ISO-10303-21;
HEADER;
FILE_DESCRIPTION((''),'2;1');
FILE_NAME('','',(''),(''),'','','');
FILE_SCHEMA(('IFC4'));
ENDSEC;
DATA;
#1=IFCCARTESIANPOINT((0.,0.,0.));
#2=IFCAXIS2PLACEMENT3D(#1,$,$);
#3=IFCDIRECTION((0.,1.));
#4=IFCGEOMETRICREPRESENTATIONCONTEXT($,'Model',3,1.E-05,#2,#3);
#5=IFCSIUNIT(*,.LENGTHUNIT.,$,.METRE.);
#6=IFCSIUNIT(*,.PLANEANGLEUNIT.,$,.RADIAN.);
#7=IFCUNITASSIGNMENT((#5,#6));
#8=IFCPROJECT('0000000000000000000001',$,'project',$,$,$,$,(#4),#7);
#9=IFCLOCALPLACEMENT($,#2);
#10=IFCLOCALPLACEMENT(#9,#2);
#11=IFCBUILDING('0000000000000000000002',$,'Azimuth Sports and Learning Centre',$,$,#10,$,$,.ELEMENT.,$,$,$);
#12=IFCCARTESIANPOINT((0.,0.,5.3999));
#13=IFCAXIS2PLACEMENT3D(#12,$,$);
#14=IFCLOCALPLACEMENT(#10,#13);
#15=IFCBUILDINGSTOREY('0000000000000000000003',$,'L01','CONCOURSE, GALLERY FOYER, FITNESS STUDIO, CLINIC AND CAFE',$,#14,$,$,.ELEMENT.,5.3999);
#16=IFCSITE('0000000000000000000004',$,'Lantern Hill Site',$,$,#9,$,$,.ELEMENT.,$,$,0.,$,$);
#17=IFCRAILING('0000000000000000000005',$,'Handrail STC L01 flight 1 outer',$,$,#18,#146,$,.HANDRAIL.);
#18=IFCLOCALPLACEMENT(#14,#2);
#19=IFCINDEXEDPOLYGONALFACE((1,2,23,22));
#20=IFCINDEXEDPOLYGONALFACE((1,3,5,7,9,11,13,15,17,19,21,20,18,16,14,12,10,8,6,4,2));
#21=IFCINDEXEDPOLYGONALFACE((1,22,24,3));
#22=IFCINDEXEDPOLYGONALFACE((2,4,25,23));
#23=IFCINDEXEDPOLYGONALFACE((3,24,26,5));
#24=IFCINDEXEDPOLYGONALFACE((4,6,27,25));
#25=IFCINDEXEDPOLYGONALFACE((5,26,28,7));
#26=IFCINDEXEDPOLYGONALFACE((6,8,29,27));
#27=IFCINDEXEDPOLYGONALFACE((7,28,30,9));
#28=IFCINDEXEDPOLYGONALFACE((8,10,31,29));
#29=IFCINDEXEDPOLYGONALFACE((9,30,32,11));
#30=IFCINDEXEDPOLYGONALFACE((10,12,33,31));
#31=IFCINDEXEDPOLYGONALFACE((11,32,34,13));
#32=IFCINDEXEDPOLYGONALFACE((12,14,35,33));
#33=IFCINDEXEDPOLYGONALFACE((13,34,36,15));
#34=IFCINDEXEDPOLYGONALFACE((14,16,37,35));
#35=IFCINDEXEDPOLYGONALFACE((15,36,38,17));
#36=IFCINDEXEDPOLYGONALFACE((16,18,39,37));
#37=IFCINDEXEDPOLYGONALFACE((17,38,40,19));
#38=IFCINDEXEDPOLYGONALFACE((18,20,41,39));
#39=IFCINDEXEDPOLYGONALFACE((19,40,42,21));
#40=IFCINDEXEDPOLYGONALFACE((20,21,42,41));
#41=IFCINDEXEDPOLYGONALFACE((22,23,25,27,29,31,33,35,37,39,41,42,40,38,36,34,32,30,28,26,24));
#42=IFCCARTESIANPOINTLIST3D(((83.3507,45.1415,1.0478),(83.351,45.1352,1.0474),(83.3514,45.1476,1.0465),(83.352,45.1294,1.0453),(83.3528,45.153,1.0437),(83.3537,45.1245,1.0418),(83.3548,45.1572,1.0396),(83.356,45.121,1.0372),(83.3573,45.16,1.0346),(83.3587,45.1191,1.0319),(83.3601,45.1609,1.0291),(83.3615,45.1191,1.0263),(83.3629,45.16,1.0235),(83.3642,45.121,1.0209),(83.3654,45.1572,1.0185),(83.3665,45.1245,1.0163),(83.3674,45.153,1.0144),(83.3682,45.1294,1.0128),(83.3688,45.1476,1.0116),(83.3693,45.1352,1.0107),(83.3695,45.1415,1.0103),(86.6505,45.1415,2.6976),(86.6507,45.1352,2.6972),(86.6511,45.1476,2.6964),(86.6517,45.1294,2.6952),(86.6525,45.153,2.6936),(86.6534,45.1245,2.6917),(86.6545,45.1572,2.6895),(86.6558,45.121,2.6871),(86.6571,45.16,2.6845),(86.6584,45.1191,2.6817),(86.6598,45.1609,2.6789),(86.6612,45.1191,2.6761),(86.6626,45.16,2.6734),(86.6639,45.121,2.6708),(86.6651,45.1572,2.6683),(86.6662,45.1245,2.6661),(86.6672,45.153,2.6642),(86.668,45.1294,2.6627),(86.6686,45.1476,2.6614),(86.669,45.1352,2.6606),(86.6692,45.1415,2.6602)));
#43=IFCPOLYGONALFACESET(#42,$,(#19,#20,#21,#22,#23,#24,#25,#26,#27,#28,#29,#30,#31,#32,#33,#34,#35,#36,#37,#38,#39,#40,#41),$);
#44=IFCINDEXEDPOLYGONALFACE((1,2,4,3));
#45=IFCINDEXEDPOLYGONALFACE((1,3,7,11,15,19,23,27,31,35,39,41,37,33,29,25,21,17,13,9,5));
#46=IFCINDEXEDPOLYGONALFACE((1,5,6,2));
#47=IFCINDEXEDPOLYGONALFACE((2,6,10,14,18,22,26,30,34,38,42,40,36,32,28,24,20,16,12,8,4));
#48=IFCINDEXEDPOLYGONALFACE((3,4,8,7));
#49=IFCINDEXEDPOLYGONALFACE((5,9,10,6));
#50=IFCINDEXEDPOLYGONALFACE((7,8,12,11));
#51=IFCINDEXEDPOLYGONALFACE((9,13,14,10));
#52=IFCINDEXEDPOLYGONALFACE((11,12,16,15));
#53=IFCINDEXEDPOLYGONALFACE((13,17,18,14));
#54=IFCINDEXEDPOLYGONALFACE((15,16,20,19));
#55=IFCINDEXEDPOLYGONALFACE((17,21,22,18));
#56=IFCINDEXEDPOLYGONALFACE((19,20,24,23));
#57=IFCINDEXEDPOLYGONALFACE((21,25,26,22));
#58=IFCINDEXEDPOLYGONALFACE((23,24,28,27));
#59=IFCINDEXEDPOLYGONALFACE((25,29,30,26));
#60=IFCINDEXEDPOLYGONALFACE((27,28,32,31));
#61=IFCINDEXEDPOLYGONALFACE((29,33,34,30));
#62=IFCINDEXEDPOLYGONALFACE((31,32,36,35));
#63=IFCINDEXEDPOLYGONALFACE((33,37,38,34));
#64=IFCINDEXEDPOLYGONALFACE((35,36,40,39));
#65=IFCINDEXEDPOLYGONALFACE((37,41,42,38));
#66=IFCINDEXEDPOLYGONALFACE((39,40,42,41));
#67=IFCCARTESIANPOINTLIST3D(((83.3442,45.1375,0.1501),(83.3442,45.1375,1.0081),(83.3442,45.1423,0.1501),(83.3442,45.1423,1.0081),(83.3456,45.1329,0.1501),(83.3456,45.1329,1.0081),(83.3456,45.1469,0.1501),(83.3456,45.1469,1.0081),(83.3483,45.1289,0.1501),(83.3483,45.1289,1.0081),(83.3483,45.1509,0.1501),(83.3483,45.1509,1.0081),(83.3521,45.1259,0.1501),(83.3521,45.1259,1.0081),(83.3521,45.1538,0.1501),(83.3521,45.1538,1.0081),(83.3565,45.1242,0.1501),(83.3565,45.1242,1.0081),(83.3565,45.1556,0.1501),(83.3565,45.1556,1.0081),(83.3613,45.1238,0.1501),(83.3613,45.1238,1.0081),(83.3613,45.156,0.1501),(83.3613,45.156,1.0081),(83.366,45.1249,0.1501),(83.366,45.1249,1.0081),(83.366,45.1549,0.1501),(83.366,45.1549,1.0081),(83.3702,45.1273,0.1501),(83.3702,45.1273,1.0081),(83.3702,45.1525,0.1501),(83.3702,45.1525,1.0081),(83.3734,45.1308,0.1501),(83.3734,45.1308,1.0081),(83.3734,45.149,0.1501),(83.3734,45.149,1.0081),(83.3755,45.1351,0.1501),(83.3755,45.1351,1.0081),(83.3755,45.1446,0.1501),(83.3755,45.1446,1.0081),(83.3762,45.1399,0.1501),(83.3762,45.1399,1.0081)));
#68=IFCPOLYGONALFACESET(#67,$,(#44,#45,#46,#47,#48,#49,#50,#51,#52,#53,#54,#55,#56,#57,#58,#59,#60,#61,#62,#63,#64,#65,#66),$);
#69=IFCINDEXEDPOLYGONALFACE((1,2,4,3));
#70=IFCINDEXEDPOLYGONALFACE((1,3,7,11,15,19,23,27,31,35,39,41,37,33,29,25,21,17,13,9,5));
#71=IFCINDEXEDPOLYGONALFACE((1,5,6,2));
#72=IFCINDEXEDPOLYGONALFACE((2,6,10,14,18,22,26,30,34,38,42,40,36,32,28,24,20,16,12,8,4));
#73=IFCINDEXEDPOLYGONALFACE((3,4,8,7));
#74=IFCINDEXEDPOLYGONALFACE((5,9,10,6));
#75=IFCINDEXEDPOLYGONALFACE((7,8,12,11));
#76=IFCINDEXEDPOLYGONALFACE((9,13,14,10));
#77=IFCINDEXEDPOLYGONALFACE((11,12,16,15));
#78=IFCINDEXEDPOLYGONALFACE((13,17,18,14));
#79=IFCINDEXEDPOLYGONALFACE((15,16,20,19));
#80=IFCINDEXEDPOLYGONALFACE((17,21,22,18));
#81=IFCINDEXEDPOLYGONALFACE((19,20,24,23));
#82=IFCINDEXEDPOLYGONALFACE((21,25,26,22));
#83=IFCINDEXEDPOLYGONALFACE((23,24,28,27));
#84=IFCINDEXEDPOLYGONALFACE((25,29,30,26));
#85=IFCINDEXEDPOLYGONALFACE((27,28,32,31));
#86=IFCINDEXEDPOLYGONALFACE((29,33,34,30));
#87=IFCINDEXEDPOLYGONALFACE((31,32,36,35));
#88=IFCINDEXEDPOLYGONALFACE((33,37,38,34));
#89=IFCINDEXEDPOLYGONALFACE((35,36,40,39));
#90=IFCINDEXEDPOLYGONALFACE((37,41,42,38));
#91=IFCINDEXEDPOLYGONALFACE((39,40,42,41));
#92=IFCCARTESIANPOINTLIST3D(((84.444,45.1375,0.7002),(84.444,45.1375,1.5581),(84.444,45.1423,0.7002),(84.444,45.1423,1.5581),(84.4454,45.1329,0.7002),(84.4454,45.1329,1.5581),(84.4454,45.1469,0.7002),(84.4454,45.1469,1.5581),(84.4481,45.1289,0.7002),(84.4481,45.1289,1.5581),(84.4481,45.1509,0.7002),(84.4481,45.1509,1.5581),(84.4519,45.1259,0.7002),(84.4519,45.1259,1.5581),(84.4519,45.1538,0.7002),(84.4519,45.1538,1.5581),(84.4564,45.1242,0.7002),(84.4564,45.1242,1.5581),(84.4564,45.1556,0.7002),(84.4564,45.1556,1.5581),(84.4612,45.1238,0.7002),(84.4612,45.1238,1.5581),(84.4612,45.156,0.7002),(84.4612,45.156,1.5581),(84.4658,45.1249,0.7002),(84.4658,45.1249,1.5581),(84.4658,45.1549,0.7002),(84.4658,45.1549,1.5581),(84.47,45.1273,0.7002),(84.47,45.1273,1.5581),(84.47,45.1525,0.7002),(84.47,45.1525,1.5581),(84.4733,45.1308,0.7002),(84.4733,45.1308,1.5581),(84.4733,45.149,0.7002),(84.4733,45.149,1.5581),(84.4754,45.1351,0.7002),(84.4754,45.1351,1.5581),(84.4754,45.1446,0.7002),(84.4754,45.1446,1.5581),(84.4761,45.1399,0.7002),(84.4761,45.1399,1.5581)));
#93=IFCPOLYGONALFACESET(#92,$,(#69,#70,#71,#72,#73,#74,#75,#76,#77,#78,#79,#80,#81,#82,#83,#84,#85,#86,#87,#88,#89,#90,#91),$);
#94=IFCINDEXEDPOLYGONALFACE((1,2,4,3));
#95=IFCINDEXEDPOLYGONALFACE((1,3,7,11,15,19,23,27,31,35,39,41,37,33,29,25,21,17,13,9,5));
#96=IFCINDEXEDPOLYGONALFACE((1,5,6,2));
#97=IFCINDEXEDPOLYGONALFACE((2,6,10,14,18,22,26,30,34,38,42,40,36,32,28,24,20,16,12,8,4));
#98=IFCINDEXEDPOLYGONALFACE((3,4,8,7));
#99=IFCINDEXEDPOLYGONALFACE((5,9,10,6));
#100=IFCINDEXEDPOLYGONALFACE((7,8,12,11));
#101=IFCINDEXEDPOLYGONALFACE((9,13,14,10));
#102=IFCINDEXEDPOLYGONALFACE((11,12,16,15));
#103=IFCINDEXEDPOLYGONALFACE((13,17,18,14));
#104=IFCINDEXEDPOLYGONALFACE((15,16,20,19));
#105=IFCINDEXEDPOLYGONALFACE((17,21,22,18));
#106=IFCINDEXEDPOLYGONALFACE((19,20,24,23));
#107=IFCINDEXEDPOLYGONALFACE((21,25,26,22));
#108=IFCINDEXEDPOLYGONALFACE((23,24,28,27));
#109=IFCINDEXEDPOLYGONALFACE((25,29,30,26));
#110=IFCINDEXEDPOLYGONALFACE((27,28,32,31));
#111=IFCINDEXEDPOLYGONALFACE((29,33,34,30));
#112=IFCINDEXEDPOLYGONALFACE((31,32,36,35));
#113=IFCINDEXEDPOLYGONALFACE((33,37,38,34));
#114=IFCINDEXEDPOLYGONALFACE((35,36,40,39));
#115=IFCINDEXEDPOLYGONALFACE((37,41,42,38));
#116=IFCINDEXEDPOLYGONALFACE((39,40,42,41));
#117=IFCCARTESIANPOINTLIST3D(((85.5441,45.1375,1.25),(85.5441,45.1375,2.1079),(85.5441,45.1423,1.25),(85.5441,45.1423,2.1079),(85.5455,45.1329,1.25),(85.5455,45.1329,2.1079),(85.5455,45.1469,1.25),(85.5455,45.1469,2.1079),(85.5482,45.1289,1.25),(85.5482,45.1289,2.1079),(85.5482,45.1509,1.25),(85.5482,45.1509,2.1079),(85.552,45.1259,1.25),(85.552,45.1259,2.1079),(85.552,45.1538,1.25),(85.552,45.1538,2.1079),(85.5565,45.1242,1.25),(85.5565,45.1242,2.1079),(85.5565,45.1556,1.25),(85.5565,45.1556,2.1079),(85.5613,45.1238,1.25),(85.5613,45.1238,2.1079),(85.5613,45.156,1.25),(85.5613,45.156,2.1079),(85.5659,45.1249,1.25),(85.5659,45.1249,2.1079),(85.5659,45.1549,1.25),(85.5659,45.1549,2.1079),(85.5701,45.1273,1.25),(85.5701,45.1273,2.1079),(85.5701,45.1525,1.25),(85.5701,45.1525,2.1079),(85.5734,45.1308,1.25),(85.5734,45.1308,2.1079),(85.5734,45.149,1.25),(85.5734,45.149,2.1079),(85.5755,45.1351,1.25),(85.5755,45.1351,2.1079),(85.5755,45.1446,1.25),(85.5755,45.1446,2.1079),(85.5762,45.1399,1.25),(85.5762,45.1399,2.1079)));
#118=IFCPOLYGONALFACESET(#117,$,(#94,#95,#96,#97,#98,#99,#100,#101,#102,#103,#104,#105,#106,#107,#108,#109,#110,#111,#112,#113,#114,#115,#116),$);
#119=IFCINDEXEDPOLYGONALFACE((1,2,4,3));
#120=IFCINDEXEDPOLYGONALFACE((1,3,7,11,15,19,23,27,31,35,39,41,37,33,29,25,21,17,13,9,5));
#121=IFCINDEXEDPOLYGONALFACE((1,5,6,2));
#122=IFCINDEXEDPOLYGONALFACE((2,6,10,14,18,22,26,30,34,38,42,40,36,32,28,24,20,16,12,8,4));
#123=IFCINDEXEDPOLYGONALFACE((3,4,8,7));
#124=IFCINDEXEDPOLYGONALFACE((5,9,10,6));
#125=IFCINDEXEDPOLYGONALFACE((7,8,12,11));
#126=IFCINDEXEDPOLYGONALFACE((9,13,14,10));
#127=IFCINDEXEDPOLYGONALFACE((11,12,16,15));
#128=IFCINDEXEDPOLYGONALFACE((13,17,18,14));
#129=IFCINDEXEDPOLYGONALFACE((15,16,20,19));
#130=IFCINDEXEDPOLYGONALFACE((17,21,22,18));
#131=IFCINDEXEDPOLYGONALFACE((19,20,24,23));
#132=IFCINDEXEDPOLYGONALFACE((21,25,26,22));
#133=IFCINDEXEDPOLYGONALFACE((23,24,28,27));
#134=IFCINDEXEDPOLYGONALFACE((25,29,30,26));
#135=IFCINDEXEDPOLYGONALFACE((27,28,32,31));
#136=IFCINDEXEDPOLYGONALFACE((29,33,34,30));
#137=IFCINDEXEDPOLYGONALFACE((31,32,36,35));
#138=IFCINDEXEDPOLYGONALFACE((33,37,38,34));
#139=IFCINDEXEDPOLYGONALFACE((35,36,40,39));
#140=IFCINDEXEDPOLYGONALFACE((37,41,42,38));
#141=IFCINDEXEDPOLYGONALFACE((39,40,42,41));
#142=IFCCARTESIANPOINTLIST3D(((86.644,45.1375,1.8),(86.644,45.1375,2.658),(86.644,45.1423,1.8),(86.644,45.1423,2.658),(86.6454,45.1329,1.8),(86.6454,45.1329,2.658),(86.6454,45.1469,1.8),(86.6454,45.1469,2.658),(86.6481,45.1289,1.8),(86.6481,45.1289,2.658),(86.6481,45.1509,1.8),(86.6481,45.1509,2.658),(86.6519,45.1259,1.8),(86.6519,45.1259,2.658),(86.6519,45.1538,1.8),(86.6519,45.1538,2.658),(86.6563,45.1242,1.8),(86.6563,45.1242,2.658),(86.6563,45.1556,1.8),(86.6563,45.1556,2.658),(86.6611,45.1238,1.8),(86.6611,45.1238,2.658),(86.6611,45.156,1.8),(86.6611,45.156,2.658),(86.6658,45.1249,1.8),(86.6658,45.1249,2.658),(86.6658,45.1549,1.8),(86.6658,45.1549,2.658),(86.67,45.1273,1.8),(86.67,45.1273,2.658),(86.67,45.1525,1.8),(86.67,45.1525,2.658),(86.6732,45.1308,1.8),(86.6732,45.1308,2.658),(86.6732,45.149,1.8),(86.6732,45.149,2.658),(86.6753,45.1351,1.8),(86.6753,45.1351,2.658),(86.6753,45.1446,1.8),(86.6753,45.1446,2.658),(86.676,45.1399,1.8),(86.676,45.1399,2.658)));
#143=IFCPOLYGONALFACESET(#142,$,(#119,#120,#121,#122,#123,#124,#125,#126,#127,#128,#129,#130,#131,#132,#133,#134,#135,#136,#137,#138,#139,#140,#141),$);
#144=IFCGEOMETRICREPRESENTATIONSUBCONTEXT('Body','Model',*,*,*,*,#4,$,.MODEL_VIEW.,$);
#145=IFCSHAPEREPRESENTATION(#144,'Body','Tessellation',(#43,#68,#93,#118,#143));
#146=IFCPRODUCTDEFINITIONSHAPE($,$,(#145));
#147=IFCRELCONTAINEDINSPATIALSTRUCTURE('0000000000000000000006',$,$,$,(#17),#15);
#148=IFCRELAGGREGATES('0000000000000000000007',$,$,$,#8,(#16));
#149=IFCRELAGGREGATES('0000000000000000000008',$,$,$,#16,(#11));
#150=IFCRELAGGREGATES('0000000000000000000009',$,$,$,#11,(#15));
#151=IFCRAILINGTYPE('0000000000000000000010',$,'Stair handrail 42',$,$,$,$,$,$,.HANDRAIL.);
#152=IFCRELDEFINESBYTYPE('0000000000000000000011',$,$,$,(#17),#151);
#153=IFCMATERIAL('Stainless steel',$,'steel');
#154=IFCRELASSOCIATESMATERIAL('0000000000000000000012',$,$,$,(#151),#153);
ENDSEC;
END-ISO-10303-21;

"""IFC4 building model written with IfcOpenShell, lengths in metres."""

from ifc_helpers import new_model, si_unit, direction, frame, origin, origin_2d, place, context, subcontext, project, spatial, circle, extrude, material, type_object, element, save


model = new_model("IFC4")

# Units and contexts
model_context = context("Model", 3, precision=1e-05, world=origin(), true_north=direction((0.0, 1.0)))
body_context = subcontext(model_context, "Body", "Model", "MODEL_VIEW")
ifc_project = project(units=[si_unit("LENGTHUNIT", "METRE"), si_unit("PLANEANGLEUNIT", "RADIAN")], contexts=[model_context])

# Site, building, storey
site_placement = place(None, origin())
site = spatial("IfcSite", under=ifc_project, at=site_placement, Name="Lantern Hill Site", CompositionType="ELEMENT", RefElevation=0.0)
building_placement = place(site_placement, origin())
building = spatial("IfcBuilding", under=site, at=building_placement, Name="Azimuth Sports and Learning Centre", CompositionType="ELEMENT")
storey_placement = place(building_placement, frame((0.0, 0.0, 5.3999)))
storey = spatial("IfcBuildingStorey", under=building, at=storey_placement, Name="L01", Description="CONCOURSE, GALLERY FOYER, FITNESS STUDIO, CLINIC AND CAFE", CompositionType="ELEMENT", Elevation=5.3999)

# Railing
ifc_material_1 = material(Name="Stainless steel", Category="steel")
railing_type = type_object("IfcRailingType", Name="Stair handrail 42", PredefinedType="HANDRAIL", material=ifc_material_1)
for number, where, name in (
    (1, (83.3601, 45.1399, 0.1501), "Handrail STC L01 flight 1 outer"),
):
    element("IfcRailing", number, at=place(storey_placement, frame(where)), inside=storey, type_object=railing_type, Name=name, PredefinedType="HANDRAIL", context=body_context, shape_type="SweptSolid", body=[
        extrude(circle(Radius=0.021, at=origin_2d()), frame((0.0, 0.0, 0.8789), z_axis=(0.894427, 0.0, 0.447214), x_axis=(0.0, 1.0, 0.0)), (0.0, 0.0, 1.0), 3.6892),
        extrude(circle(Radius=0.0161, at=origin_2d()), origin(), (0.0, 0.0, 1.0), 0.8579),
        extrude(circle(Radius=0.0161, at=origin_2d()), frame((1.0999, 0.0, 0.55)), (0.0, 0.0, 1.0), 0.8579),
        extrude(circle(Radius=0.0161, at=origin_2d()), frame((2.2, 0.0, 1.0999)), (0.0, 0.0, 1.0), 0.8579),
        extrude(circle(Radius=0.0161, at=origin_2d()), frame((3.2998, 0.0, 1.6499)), (0.0, 0.0, 1.0), 0.8579),
    ])

save(model, "model.ifc")
